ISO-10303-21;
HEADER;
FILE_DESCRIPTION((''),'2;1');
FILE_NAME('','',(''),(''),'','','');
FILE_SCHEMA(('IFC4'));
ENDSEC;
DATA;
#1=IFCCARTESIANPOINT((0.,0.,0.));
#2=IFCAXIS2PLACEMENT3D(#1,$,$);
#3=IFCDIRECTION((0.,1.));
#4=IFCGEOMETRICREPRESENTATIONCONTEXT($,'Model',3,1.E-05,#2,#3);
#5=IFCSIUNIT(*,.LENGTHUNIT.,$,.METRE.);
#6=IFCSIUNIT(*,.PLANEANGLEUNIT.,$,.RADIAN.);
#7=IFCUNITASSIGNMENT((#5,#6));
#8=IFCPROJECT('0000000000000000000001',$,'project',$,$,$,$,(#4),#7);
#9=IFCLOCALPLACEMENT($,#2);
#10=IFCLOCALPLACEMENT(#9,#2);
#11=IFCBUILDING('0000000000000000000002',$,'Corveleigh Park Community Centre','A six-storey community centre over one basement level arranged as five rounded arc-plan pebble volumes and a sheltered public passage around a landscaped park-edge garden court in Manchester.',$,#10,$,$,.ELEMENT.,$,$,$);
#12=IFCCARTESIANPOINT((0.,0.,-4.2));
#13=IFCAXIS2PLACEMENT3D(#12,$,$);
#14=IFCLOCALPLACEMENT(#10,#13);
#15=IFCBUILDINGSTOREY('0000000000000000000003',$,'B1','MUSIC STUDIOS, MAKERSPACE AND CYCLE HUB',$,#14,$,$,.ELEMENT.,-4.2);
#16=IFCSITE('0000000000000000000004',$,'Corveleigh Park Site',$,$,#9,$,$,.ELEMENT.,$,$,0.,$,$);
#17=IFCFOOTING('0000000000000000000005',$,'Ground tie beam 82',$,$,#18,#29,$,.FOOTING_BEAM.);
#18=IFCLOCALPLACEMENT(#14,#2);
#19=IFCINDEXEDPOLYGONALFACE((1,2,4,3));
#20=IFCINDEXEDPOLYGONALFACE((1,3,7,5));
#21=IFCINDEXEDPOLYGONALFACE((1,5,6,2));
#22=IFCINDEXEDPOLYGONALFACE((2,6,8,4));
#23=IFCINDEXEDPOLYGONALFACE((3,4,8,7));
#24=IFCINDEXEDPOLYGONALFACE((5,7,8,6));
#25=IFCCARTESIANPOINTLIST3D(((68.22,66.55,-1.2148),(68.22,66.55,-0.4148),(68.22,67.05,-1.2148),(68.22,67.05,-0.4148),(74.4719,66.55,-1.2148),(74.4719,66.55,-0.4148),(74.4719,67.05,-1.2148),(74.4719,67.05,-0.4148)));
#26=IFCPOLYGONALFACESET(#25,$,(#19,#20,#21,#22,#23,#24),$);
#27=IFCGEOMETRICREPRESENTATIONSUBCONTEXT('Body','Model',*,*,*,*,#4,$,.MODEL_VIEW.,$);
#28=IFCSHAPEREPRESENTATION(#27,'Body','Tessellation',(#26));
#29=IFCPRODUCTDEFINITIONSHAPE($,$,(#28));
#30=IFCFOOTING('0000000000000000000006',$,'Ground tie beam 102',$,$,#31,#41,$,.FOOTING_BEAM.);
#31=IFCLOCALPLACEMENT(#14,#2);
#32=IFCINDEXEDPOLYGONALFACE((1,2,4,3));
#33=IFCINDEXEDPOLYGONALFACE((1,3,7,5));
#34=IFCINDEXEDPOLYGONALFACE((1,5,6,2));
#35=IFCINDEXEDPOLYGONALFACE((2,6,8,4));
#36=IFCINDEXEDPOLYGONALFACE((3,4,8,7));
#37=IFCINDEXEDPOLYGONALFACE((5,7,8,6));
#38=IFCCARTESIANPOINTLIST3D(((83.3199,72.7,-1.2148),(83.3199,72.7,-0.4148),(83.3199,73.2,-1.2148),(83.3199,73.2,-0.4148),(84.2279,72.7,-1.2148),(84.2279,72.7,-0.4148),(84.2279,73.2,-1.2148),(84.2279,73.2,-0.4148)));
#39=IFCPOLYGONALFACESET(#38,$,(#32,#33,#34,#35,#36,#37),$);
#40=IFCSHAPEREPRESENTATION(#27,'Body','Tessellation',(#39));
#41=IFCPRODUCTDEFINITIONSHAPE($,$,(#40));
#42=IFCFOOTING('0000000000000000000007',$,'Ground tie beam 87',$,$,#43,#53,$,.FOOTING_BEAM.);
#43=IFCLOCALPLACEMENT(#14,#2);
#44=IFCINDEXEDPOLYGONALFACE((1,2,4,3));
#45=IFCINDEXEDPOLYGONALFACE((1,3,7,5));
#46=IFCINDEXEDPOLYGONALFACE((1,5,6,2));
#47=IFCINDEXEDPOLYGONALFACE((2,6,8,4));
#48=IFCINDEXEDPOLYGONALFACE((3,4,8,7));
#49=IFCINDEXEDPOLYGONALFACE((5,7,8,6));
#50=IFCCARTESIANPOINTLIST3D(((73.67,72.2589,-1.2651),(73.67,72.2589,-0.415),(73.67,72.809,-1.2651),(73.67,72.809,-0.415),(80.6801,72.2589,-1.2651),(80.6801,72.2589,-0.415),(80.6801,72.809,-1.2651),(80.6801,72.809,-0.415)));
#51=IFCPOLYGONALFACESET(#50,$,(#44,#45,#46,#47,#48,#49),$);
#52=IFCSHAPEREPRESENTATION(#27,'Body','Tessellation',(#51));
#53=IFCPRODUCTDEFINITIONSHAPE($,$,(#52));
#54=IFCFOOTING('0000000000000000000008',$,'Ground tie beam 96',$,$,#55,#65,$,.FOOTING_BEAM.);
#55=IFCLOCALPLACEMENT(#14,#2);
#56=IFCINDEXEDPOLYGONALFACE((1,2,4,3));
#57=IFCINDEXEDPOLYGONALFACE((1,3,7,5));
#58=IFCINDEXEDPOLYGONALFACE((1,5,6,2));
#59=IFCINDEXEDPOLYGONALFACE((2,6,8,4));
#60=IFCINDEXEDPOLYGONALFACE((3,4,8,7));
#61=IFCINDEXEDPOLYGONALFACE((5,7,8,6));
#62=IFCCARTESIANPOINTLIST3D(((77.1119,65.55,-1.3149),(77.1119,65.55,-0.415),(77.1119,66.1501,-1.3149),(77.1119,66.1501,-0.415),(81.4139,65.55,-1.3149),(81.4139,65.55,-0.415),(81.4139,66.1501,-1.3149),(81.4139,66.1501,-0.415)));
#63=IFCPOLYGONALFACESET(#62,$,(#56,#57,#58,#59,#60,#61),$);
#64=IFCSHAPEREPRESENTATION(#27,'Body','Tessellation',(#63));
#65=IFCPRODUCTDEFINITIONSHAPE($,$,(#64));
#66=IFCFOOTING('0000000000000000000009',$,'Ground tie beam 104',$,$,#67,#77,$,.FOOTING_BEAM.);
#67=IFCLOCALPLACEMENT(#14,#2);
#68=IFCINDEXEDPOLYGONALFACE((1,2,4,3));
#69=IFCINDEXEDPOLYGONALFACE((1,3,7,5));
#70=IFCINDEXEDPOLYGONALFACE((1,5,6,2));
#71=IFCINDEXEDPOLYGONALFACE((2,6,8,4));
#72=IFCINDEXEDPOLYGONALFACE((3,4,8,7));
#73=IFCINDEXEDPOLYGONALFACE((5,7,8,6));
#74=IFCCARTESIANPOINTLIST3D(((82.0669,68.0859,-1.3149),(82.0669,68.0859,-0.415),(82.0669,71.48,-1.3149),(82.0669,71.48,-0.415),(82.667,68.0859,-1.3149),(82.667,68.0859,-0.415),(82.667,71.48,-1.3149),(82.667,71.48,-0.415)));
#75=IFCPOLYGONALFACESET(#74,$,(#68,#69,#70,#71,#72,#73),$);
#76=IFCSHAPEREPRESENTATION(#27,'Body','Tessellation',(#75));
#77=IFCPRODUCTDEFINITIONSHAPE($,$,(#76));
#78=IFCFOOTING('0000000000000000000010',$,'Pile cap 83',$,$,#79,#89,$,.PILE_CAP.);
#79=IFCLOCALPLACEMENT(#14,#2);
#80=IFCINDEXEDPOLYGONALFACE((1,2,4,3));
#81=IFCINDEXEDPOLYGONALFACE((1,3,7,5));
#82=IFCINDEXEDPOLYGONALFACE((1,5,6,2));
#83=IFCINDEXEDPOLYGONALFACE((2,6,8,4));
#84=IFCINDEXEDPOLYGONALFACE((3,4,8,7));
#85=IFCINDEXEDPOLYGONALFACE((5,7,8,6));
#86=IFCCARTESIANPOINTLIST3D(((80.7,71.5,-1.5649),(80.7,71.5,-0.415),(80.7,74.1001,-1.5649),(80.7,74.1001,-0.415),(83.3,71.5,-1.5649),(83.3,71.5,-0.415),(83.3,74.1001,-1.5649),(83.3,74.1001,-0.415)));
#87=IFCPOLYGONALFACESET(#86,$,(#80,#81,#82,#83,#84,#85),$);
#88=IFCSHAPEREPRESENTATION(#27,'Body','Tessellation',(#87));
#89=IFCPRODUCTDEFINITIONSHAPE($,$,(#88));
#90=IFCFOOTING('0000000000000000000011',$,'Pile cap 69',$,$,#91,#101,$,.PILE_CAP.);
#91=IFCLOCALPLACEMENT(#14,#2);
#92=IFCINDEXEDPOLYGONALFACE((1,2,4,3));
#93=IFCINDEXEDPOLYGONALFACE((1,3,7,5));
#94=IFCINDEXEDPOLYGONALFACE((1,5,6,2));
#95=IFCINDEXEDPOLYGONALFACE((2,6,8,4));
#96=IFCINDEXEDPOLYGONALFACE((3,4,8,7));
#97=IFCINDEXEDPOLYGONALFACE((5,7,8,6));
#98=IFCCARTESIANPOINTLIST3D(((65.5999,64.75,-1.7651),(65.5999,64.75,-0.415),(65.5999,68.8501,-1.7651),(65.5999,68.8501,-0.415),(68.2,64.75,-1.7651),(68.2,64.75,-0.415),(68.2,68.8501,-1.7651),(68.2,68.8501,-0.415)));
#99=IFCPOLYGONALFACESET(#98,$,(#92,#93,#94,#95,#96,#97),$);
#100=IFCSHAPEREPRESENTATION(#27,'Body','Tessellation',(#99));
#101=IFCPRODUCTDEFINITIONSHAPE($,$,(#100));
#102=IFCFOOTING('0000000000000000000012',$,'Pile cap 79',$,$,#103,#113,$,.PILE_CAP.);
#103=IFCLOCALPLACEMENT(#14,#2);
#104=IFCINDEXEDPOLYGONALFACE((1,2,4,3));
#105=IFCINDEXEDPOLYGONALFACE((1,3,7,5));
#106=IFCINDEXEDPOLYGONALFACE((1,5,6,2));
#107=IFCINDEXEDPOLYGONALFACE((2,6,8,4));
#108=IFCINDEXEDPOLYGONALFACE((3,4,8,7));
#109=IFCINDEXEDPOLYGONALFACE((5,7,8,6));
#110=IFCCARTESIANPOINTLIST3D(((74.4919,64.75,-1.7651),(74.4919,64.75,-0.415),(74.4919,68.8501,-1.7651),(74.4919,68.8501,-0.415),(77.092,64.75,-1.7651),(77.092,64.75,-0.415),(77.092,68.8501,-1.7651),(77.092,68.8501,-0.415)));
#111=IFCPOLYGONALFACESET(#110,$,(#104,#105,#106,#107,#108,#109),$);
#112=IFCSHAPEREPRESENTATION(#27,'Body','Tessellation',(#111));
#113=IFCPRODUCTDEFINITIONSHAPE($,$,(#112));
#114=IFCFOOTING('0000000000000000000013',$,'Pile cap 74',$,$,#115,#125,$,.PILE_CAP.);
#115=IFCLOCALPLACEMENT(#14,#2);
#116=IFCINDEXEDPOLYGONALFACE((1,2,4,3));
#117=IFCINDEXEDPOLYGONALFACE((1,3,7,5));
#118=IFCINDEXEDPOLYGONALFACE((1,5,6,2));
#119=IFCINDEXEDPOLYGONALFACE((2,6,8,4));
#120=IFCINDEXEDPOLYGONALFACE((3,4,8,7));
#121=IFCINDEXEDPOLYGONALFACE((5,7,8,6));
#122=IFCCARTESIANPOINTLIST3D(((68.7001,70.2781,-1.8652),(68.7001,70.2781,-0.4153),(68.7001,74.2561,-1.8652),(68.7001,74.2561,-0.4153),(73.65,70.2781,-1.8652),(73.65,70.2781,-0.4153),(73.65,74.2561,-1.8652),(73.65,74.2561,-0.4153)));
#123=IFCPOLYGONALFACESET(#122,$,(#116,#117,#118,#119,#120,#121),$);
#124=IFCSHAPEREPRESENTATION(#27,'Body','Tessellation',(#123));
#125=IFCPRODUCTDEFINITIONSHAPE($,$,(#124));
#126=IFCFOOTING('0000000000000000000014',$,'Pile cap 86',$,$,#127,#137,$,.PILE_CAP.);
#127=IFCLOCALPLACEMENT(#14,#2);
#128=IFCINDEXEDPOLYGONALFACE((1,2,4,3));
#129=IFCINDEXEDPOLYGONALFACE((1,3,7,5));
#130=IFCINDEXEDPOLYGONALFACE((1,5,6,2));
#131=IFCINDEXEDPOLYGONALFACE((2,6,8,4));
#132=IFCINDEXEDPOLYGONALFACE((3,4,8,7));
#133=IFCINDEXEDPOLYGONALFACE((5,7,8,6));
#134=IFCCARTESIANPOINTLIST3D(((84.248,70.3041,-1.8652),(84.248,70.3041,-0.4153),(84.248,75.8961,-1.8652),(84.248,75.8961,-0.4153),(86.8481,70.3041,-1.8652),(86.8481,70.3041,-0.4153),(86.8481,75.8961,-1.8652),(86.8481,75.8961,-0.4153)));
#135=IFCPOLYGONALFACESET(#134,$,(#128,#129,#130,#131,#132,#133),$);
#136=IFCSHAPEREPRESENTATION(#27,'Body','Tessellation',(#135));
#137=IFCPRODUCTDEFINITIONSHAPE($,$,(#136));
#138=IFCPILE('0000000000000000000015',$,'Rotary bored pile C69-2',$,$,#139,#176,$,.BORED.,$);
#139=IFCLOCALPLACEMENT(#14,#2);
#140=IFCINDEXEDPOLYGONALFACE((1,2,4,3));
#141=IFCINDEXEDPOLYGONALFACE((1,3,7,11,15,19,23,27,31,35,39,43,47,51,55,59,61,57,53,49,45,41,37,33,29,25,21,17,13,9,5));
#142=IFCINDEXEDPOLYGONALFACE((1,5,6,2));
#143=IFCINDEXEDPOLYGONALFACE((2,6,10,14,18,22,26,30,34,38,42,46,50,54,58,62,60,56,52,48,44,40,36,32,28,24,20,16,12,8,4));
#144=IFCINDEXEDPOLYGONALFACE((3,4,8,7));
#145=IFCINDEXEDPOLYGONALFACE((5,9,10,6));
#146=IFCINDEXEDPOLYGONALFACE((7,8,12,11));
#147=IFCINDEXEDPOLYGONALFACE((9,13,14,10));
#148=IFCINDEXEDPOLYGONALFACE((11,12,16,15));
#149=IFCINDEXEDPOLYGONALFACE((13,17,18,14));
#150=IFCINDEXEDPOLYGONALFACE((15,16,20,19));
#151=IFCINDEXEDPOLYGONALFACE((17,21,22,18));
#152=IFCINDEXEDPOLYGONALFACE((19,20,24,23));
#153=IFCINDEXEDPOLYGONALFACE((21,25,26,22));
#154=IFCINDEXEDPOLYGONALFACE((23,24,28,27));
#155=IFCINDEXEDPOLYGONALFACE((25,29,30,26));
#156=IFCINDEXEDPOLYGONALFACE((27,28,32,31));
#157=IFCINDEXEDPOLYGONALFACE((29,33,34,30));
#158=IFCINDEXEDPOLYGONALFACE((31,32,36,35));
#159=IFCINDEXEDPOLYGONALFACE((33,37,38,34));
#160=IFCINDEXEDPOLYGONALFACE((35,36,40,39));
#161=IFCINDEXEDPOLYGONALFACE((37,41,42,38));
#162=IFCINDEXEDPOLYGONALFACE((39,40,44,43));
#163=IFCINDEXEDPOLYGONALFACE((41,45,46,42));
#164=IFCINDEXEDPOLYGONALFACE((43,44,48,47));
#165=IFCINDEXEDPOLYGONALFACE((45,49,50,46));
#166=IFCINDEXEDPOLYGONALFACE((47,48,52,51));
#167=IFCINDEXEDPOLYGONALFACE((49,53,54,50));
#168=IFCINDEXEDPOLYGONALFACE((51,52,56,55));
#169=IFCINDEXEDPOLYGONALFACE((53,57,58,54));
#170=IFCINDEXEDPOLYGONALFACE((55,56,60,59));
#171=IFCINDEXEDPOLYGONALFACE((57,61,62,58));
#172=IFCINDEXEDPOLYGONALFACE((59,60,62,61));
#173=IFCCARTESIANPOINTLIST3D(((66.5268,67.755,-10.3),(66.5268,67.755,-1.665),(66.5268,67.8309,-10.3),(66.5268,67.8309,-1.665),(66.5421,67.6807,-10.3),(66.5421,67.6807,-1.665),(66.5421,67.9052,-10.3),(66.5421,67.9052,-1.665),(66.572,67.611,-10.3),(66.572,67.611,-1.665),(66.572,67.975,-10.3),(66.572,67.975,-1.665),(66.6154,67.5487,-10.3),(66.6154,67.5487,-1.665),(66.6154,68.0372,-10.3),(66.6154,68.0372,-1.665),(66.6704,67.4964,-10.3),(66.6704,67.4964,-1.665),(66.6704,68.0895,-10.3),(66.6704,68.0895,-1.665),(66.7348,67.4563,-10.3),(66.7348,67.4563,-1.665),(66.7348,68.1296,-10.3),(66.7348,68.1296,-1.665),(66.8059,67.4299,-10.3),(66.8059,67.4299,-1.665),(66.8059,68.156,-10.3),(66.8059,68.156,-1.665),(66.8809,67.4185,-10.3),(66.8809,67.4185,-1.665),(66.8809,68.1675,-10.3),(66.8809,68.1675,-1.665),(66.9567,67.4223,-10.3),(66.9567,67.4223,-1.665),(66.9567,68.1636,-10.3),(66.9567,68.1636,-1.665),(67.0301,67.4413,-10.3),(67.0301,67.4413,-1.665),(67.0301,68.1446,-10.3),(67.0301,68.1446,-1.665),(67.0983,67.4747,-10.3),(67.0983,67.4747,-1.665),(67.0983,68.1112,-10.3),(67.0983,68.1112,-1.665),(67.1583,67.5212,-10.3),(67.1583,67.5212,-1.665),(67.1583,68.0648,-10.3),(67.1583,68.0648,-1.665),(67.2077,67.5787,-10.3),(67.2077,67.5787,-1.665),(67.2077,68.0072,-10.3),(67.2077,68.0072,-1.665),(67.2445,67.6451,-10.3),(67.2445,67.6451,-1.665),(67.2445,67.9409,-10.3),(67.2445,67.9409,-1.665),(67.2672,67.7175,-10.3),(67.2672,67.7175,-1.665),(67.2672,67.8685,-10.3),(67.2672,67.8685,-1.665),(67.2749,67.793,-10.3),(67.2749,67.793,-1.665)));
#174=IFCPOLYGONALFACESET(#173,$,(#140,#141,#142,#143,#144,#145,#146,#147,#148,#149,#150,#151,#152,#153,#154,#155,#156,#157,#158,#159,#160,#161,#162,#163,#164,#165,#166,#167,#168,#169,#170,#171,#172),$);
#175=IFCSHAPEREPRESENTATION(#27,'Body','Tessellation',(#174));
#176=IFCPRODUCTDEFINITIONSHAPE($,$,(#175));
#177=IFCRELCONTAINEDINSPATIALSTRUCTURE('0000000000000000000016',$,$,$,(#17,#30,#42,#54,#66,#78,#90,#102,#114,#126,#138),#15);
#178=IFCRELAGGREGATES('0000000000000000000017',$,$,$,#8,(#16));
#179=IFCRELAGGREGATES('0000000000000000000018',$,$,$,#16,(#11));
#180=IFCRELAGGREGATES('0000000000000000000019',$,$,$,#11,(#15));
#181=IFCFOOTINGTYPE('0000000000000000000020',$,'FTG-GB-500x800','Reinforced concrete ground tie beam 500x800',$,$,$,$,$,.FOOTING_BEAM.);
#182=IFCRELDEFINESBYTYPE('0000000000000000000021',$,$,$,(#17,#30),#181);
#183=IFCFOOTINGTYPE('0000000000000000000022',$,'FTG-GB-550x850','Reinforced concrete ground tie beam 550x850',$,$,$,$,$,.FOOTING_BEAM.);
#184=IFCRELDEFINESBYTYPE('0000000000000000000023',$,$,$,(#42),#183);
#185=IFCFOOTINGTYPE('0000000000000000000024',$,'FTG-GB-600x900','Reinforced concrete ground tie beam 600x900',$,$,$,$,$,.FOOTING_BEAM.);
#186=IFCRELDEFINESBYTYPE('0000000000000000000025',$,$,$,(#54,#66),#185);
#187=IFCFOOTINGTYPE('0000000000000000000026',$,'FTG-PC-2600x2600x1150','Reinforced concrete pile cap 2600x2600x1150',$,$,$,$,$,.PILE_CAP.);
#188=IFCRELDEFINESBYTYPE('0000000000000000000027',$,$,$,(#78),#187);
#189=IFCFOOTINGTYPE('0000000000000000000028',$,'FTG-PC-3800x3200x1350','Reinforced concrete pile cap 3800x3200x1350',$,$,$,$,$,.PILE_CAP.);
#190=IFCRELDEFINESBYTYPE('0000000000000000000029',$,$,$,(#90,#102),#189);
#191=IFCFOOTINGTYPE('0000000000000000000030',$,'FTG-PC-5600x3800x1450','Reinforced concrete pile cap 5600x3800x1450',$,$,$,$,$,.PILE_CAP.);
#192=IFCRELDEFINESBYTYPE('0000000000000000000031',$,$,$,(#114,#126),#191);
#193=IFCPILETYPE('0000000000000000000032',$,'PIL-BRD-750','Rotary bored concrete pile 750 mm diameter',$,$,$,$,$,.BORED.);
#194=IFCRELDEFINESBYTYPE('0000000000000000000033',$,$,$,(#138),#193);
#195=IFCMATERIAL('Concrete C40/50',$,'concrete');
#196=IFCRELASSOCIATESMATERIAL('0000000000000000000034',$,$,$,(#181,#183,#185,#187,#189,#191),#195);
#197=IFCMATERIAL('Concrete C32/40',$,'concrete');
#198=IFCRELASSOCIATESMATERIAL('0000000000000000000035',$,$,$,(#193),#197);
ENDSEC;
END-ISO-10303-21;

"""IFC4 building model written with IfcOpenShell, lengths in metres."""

from ifc_helpers import new_model, si_unit, direction, frame, origin, origin_2d, place, context, subcontext, project, spatial, rectangle, circle, extrude, material, material_profile, profile_set, type_object, element, save


model = new_model("IFC4")

# Units and contexts
model_context = context("Model", 3, precision=1e-05, world=origin(), true_north=direction((0.0, 1.0)))
body_context = subcontext(model_context, "Body", "Model", "MODEL_VIEW")
ifc_project = project(units=[si_unit("LENGTHUNIT", "METRE"), si_unit("PLANEANGLEUNIT", "RADIAN")], contexts=[model_context])

# Site, building, storey
site_placement = place(None, origin())
site = spatial("IfcSite", under=ifc_project, at=site_placement, Name="Corveleigh Park Site", CompositionType="ELEMENT", RefElevation=0.0)
building_placement = place(site_placement, origin())
building = spatial("IfcBuilding", under=site, at=building_placement, Name="Corveleigh Park Community Centre", Description="A six-storey community centre over one basement level arranged as five rounded arc-plan pebble volumes and a sheltered public passage around a landscaped park-edge garden court in Manchester.", CompositionType="ELEMENT")
storey_placement = place(building_placement, frame((0.0, 0.0, -4.2)))
storey = spatial("IfcBuildingStorey", under=building, at=storey_placement, Name="B1", Description="MUSIC STUDIOS, MAKERSPACE AND CYCLE HUB", CompositionType="ELEMENT", Elevation=-4.2)

# Footings
ifc_material_1 = material(Name="Concrete C40/50", Category="concrete")
footing_type_1 = type_object("IfcFootingType", Name="FTG-GB-500x800", Description="Reinforced concrete ground tie beam 500x800", PredefinedType="FOOTING_BEAM", material=ifc_material_1)
footing_1_placement = place(storey_placement, frame((71.3459, 66.8, -1.2148), z_axis=(0.0, 0.0, 1.0), x_axis=(1.0, 0.0, 0.0)))
element("IfcFooting", 1, at=footing_1_placement, inside=storey, type_object=footing_type_1, Name="Ground tie beam 82", PredefinedType="FOOTING_BEAM", context=body_context, shape_type="SweptSolid", body=[
    extrude(rectangle(XDim=6.252, YDim=0.5, at=origin_2d()), origin(), (0.0, 0.0, 1.0), 0.8),
])
footing_2_placement = place(storey_placement, frame((83.7739, 72.95, -1.2148), z_axis=(0.0, 0.0, 1.0), x_axis=(1.0, 0.0, 0.0)))
element("IfcFooting", 2, at=footing_2_placement, inside=storey, type_object=footing_type_1, Name="Ground tie beam 102", PredefinedType="FOOTING_BEAM", context=body_context, shape_type="SweptSolid", body=[
    extrude(rectangle(XDim=0.908, YDim=0.5, at=origin_2d()), origin(), (0.0, 0.0, 1.0), 0.8),
])
footing_type_2 = type_object("IfcFootingType", Name="FTG-GB-550x850", Description="Reinforced concrete ground tie beam 550x850", PredefinedType="FOOTING_BEAM", material=ifc_material_1)
footing_3_placement = place(storey_placement, frame((77.175, 72.5339, -1.2651), z_axis=(0.0, 0.0, 1.0), x_axis=(1.0, 0.0, 0.0)))
element("IfcFooting", 3, at=footing_3_placement, inside=storey, type_object=footing_type_2, Name="Ground tie beam 87", PredefinedType="FOOTING_BEAM", context=body_context, shape_type="SweptSolid", body=[
    extrude(rectangle(XDim=7.01, YDim=0.55, at=origin_2d()), origin(), (0.0, 0.0, 1.0), 0.8501),
])
footing_type_3 = type_object("IfcFootingType", Name="FTG-GB-600x900", Description="Reinforced concrete ground tie beam 600x900", PredefinedType="FOOTING_BEAM", material=ifc_material_1)
footing_4_placement = place(storey_placement, frame((79.2629, 65.8501, -1.3149), z_axis=(0.0, 0.0, 1.0), x_axis=(1.0, 0.0, 0.0)))
element("IfcFooting", 4, at=footing_4_placement, inside=storey, type_object=footing_type_3, Name="Ground tie beam 96", PredefinedType="FOOTING_BEAM", context=body_context, shape_type="SweptSolid", body=[
    extrude(rectangle(XDim=4.302, YDim=0.6001, at=origin_2d()), origin(), (0.0, 0.0, 1.0), 0.8999),
])
footing_5_placement = place(storey_placement, frame((82.3669, 69.783, -1.3149), z_axis=(0.0, 0.0, 1.0), x_axis=(1.0, 0.0, 0.0)))
element("IfcFooting", 5, at=footing_5_placement, inside=storey, type_object=footing_type_3, Name="Ground tie beam 104", PredefinedType="FOOTING_BEAM", context=body_context, shape_type="SweptSolid", body=[
    extrude(rectangle(XDim=0.6001, YDim=3.394, at=origin_2d()), origin(), (0.0, 0.0, 1.0), 0.8999),
])
footing_type_4 = type_object("IfcFootingType", Name="FTG-PC-2600x2600x1150", Description="Reinforced concrete pile cap 2600x2600x1150", PredefinedType="PILE_CAP", material=ifc_material_1)
footing_6_placement = place(storey_placement, frame((82.0, 72.8, -1.5649), z_axis=(0.0, 0.0, 1.0), x_axis=(1.0, 0.0, 0.0)))
element("IfcFooting", 6, at=footing_6_placement, inside=storey, type_object=footing_type_4, Name="Pile cap 83", PredefinedType="PILE_CAP", context=body_context, shape_type="SweptSolid", body=[
    extrude(rectangle(XDim=2.6001, YDim=2.6001, at=origin_2d()), origin(), (0.0, 0.0, 1.0), 1.1499),
])
footing_type_5 = type_object("IfcFootingType", Name="FTG-PC-3800x3200x1350", Description="Reinforced concrete pile cap 3800x3200x1350", PredefinedType="PILE_CAP", material=ifc_material_1)
for number, where, z_axis, x_axis, name in (
    (7, (66.8999, 66.8, -1.7651), (0.0, 0.0, 1.0), (1.0, 0.0, 0.0), "Pile cap 69"),
    (8, (75.792, 66.8, -1.7651), (0.0, 0.0, 1.0), (1.0, 0.0, 0.0), "Pile cap 79"),
):
    element("IfcFooting", number, at=place(storey_placement, frame(where, z_axis=z_axis, x_axis=x_axis)), inside=storey, type_object=footing_type_5, Name=name, PredefinedType="PILE_CAP", context=body_context, shape_type="SweptSolid", body=[
        extrude(rectangle(XDim=2.6001, YDim=4.1001, at=origin_2d()), origin(), (0.0, 0.0, 1.0), 1.3501),
    ])
footing_type_6 = type_object("IfcFootingType", Name="FTG-PC-5600x3800x1450", Description="Reinforced concrete pile cap 5600x3800x1450", PredefinedType="PILE_CAP", material=ifc_material_1)
footing_7_placement = place(storey_placement, frame((71.175, 72.2671, -1.8652), z_axis=(0.0, 0.0, 1.0), x_axis=(1.0, 0.0, 0.0)))
element("IfcFooting", 9, at=footing_7_placement, inside=storey, type_object=footing_type_6, Name="Pile cap 74", PredefinedType="PILE_CAP", context=body_context, shape_type="SweptSolid", body=[
    extrude(rectangle(XDim=4.95, YDim=3.978, at=origin_2d()), origin(), (0.0, 0.0, 1.0), 1.45),
])
footing_8_placement = place(storey_placement, frame((85.5481, 73.1001, -1.8652), z_axis=(0.0, 0.0, 1.0), x_axis=(1.0, 0.0, 0.0)))
element("IfcFooting", 10, at=footing_8_placement, inside=storey, type_object=footing_type_6, Name="Pile cap 86", PredefinedType="PILE_CAP", context=body_context, shape_type="SweptSolid", body=[
    extrude(rectangle(XDim=2.6001, YDim=5.592, at=origin_2d()), origin(), (0.0, 0.0, 1.0), 1.45),
])

# Pile
ifc_material_2 = material(Name="Concrete C32/40", Category="concrete")
ifc_material_profile_1 = material_profile(ifc_material_2, circle(Radius=0.375, at=origin_2d()), Name="BORED-PILE-750", Category="concrete")
ifc_profile_set_1 = profile_set([ifc_material_profile_1], Name="Concrete C32/40")
pile_type = type_object("IfcPileType", Name="PIL-BRD-750", Description="Rotary bored concrete pile 750 mm diameter", PredefinedType="BORED", material=ifc_profile_set_1)
pile_1_placement = place(storey_placement, frame((66.8999, 67.793, -1.665), z_axis=(0.0, 0.0, -1.0), x_axis=(1.0, 0.0, 0.0)))
element("IfcPile", 11, at=pile_1_placement, inside=storey, type_object=pile_type, Name="Rotary bored pile C69-2", PredefinedType="BORED", context=body_context, shape_type="SweptSolid", body=[
    extrude(circle(Radius=0.375, at=origin_2d()), origin(), (0.0, 0.0, 1.0), 8.635),
])

save(model, "model.ifc")
